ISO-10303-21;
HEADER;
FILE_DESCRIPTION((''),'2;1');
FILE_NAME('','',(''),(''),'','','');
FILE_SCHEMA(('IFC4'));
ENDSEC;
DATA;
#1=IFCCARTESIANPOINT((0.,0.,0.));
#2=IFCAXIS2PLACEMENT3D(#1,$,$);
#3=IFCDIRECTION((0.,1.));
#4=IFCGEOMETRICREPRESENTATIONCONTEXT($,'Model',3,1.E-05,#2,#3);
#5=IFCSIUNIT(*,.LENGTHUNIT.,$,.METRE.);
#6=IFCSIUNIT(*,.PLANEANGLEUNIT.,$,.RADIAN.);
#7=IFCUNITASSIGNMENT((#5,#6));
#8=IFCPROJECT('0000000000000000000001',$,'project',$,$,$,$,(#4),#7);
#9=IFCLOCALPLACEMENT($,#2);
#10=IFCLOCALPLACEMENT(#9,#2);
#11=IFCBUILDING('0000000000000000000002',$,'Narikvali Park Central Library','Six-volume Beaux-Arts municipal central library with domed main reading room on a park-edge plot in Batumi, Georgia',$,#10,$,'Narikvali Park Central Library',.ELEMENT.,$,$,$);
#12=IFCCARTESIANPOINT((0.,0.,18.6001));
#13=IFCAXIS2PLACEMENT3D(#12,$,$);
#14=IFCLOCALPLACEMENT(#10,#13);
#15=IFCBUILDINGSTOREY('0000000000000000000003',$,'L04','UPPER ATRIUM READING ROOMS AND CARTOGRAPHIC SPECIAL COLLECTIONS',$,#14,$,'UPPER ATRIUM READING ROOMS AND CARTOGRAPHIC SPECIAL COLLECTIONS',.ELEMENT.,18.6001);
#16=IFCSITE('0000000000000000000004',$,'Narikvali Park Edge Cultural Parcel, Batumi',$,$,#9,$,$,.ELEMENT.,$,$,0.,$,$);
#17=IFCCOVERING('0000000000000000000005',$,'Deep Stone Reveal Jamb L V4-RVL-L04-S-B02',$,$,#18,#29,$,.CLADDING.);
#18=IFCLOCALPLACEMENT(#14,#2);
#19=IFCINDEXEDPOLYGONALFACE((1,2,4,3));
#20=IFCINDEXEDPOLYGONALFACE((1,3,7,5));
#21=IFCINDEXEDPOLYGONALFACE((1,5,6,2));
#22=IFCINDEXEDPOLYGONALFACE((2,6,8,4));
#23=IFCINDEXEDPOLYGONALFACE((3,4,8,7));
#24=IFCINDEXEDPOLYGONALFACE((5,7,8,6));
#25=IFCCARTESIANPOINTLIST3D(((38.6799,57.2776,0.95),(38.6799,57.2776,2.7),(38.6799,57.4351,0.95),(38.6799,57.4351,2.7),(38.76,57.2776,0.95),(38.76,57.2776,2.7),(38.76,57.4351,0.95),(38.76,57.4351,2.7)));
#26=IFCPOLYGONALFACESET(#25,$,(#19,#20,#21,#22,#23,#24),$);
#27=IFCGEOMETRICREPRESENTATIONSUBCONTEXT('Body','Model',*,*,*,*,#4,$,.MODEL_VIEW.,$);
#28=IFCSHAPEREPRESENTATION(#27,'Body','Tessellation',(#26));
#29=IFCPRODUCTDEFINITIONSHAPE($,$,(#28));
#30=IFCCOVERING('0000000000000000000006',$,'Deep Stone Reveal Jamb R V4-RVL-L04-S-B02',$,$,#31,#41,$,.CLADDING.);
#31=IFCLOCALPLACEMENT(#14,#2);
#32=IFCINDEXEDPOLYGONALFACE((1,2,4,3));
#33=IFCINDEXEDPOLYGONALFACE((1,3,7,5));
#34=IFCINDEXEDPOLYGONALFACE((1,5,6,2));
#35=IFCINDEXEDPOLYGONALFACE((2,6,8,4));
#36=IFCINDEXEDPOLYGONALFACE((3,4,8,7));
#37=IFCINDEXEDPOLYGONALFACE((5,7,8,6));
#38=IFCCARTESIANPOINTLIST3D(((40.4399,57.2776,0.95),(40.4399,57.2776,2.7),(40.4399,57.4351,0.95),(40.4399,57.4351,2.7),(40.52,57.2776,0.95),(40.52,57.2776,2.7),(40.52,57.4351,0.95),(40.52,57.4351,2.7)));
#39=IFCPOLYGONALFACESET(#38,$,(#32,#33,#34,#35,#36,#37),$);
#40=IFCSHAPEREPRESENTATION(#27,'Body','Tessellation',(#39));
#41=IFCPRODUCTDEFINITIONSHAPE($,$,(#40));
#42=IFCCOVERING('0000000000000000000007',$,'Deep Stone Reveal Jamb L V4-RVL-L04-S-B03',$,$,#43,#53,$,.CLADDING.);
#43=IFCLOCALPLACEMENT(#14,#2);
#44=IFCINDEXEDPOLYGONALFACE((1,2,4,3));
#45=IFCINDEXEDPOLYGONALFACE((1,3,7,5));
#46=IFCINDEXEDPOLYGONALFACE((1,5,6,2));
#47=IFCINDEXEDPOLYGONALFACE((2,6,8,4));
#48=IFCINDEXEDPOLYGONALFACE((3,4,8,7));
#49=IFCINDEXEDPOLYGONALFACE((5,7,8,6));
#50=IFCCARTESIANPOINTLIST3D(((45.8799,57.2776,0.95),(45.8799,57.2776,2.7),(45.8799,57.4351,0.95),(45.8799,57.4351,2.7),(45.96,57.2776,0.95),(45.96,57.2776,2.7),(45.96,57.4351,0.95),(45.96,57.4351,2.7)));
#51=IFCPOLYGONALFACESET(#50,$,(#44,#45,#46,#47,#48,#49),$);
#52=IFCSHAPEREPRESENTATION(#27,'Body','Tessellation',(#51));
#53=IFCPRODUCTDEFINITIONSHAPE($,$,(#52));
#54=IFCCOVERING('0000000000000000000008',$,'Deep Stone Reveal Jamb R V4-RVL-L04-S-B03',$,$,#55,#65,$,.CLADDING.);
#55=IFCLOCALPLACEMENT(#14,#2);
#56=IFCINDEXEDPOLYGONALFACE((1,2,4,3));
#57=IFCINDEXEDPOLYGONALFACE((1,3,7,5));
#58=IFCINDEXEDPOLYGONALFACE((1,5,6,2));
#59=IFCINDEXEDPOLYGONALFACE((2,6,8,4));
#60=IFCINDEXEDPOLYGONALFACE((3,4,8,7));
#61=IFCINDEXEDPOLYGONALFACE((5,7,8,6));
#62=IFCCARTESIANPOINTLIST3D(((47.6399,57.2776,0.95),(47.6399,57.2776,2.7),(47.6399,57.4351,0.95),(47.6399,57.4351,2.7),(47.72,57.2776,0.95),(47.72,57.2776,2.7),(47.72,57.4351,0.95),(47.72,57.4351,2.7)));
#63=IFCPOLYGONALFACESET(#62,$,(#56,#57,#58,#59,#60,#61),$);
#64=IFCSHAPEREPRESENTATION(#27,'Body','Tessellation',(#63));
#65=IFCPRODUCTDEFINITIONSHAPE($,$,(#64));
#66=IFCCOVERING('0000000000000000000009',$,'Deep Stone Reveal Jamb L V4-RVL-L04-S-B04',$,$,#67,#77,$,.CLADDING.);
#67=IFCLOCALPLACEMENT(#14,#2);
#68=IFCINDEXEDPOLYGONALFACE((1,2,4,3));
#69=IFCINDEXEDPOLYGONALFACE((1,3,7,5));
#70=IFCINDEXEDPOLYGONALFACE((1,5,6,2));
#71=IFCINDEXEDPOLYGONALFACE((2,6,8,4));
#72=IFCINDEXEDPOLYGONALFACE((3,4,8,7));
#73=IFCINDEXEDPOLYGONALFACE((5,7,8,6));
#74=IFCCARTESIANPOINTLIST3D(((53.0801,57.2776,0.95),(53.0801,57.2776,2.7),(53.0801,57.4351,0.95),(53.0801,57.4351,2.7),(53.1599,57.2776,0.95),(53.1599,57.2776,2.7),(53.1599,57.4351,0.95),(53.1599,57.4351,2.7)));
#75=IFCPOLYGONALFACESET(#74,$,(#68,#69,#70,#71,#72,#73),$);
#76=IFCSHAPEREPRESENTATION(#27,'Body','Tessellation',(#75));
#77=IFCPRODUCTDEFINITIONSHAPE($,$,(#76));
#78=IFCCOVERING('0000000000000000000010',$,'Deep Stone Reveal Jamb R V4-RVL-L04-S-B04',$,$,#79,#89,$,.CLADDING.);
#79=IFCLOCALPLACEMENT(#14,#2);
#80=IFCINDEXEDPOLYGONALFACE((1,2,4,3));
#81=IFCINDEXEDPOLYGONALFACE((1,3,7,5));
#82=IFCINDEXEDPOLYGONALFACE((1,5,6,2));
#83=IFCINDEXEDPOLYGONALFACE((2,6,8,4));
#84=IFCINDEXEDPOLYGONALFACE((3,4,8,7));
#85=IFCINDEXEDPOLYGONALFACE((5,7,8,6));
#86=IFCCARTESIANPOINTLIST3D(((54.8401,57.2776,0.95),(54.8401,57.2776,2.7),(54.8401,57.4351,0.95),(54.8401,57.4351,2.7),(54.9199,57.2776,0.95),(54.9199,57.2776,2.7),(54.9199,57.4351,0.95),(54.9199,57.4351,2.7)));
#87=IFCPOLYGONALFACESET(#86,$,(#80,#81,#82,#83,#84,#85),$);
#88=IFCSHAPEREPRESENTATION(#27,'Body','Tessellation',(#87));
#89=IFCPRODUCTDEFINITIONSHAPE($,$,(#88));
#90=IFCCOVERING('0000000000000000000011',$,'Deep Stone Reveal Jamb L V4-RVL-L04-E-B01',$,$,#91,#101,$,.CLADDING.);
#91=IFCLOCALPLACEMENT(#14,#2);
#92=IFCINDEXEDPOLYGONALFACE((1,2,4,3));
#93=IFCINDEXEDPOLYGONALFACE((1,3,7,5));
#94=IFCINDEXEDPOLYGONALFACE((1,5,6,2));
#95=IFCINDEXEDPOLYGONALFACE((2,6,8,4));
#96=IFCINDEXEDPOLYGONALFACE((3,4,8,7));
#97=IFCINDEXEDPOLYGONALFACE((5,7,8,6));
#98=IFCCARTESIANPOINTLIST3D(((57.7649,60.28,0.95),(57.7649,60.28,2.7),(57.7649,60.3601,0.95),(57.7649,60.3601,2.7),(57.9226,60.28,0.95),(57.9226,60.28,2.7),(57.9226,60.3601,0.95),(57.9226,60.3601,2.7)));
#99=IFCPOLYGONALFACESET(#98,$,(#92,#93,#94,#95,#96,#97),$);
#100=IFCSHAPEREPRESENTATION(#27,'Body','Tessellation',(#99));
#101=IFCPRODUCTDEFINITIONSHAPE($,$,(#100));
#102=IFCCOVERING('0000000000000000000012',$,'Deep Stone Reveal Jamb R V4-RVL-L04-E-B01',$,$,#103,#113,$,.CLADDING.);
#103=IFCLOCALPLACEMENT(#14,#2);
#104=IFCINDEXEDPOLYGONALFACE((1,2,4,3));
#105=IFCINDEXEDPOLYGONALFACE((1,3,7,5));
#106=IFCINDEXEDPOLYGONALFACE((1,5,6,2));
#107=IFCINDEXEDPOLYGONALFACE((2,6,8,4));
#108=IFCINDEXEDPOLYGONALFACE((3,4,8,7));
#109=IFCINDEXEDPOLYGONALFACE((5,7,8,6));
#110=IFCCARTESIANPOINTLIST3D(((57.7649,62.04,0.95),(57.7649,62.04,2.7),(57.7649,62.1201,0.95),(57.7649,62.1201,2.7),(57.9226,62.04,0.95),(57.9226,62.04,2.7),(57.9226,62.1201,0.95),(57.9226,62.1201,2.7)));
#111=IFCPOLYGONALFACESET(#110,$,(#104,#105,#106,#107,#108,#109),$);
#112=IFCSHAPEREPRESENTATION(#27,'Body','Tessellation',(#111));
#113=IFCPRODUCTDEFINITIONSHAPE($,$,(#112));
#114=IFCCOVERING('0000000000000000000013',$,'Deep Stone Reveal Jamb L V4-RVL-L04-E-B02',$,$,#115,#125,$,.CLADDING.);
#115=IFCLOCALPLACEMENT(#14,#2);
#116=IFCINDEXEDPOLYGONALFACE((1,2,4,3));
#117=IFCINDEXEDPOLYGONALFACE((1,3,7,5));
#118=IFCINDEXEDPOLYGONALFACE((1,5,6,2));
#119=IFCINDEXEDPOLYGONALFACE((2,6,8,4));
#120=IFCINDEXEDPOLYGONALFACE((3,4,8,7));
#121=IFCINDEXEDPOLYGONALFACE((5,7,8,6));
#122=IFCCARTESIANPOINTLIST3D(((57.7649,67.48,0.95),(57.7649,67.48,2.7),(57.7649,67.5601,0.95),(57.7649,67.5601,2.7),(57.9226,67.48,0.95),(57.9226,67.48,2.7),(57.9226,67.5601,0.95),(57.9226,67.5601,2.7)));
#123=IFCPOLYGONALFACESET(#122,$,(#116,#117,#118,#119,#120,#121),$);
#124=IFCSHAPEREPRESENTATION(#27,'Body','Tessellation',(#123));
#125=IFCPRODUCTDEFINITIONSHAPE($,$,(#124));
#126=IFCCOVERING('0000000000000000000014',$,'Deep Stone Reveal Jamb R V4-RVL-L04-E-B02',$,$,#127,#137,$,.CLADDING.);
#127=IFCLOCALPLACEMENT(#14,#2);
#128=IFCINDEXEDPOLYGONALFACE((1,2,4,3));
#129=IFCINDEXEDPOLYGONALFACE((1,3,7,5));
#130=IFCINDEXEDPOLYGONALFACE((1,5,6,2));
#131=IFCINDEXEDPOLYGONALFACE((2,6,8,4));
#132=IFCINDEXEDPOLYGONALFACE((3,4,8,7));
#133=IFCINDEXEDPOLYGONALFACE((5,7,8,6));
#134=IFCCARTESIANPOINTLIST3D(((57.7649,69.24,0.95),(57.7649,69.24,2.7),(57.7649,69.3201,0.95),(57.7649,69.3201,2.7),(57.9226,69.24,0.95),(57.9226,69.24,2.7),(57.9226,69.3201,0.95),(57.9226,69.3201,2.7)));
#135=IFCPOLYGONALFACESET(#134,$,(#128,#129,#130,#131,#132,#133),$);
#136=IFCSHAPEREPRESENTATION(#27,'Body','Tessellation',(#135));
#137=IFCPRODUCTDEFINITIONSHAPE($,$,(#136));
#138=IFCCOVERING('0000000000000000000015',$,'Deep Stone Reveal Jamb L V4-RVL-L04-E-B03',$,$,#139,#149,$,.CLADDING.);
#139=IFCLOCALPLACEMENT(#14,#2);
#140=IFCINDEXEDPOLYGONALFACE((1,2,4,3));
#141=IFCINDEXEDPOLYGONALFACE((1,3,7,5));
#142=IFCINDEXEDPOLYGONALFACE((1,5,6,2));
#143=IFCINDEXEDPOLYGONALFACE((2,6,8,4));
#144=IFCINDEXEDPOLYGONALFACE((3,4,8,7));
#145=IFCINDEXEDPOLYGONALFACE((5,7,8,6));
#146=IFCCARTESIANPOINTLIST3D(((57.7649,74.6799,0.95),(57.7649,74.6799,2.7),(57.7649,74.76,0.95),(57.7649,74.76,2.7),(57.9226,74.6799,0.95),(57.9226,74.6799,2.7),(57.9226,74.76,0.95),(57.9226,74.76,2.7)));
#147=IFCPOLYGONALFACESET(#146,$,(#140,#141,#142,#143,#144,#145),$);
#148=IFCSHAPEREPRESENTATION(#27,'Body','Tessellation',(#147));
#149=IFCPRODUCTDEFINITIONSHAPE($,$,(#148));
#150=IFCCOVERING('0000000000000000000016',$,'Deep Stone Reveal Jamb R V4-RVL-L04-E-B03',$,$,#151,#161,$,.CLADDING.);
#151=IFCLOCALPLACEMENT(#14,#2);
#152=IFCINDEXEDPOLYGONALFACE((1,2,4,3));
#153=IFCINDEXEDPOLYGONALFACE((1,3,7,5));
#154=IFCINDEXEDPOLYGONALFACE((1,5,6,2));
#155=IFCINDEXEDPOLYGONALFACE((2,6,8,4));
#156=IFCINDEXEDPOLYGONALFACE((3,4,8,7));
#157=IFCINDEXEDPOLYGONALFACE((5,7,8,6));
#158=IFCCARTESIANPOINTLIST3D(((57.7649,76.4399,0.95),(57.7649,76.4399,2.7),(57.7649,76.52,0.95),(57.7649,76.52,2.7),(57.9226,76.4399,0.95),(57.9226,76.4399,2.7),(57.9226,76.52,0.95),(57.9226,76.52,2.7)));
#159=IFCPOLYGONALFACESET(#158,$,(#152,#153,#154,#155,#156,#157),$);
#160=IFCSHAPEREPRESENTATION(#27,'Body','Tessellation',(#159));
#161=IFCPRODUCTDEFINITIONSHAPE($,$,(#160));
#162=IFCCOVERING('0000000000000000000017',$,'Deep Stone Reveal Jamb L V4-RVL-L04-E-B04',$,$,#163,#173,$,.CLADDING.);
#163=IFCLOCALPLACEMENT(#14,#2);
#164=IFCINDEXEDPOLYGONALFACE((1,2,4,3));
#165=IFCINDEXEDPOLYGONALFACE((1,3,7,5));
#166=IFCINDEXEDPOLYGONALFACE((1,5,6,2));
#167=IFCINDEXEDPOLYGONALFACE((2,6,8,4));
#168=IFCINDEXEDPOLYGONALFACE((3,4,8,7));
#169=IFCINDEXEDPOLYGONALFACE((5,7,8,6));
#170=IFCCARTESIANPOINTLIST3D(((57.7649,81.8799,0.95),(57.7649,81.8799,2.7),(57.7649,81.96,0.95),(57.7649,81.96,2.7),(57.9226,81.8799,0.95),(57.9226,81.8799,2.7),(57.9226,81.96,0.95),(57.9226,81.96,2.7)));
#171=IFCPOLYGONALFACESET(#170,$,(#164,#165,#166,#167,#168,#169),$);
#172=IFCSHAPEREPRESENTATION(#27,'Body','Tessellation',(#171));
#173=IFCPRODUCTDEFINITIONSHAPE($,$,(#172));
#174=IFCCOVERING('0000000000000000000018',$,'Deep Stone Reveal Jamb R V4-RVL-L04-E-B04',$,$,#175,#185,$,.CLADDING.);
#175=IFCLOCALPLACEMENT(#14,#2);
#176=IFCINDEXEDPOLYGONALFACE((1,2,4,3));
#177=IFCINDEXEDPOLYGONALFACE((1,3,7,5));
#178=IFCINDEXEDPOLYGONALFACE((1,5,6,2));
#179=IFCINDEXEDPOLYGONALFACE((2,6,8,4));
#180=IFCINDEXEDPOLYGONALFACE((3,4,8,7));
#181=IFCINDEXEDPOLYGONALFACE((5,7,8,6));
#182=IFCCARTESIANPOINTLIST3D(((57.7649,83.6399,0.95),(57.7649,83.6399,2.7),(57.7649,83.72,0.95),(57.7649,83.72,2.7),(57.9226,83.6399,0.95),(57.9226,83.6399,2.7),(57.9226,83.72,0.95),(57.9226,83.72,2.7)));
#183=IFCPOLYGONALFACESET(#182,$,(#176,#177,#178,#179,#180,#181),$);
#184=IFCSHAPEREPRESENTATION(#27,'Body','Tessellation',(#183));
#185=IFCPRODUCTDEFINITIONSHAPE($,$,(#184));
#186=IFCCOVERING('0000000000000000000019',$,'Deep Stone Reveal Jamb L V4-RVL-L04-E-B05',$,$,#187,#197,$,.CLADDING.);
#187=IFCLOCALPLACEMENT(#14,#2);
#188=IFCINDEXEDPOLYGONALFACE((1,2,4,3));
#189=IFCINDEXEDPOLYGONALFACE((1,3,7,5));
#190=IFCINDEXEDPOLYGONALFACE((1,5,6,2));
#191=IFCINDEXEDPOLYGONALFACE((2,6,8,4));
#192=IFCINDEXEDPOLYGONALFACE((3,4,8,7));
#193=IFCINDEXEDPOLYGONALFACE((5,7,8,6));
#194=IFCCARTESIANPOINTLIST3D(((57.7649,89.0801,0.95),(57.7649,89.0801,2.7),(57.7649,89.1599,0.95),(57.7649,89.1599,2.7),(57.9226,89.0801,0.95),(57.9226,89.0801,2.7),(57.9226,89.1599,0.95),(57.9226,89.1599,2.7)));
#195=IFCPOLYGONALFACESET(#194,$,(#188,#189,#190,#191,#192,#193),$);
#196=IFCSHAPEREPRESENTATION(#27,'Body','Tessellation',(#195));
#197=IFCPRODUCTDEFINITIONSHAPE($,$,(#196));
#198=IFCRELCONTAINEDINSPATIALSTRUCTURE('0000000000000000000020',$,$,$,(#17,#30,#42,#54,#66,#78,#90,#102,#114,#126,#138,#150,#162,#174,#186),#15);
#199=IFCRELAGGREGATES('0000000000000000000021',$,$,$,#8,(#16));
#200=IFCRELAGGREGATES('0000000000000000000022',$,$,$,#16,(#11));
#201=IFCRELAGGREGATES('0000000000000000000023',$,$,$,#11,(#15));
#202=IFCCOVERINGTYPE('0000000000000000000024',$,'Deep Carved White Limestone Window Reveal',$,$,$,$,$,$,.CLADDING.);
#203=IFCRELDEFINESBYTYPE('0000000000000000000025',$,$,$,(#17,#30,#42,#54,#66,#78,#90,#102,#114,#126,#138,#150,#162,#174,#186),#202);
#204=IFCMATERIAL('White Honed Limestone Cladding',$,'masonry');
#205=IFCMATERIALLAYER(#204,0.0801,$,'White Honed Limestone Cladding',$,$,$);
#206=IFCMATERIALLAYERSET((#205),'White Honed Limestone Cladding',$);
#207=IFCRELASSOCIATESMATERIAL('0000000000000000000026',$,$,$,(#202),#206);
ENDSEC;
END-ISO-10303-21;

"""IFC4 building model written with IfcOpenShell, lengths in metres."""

from ifc_helpers import new_model, si_unit, direction, frame, origin, place, context, subcontext, project, spatial, polyline, outline, extrude, material, layer, layer_set, type_object, element, save


model = new_model("IFC4")

# Units and contexts
model_context = context("Model", 3, precision=1e-05, world=origin(), true_north=direction((0.0, 1.0)))
body_context = subcontext(model_context, "Body", "Model", "MODEL_VIEW")
ifc_project = project(units=[si_unit("LENGTHUNIT", "METRE"), si_unit("PLANEANGLEUNIT", "RADIAN")], contexts=[model_context])

# Site, building, storey
site_placement = place(None, origin())
site = spatial("IfcSite", under=ifc_project, at=site_placement, Name="Narikvali Park Edge Cultural Parcel, Batumi", CompositionType="ELEMENT", RefElevation=0.0)
building_placement = place(site_placement, origin())
building = spatial("IfcBuilding", under=site, at=building_placement, Name="Narikvali Park Central Library", Description="Six-volume Beaux-Arts municipal central library with domed main reading room on a park-edge plot in Batumi, Georgia", LongName="Narikvali Park Central Library", CompositionType="ELEMENT")
storey_placement = place(building_placement, frame((0.0, 0.0, 18.6001)))
storey = spatial("IfcBuildingStorey", under=building, at=storey_placement, Name="L04", Description="UPPER ATRIUM READING ROOMS AND CARTOGRAPHIC SPECIAL COLLECTIONS", LongName="UPPER ATRIUM READING ROOMS AND CARTOGRAPHIC SPECIAL COLLECTIONS", CompositionType="ELEMENT", Elevation=18.6001)

# Coverings
ifc_material = material(Name="White Honed Limestone Cladding", Category="masonry")
ifc_layer = layer(ifc_material, 0.0801, Name="White Honed Limestone Cladding")
ifc_layer_set = layer_set([ifc_layer], Name="White Honed Limestone Cladding")
covering_type = type_object("IfcCoveringType", Name="Deep Carved White Limestone Window Reveal", PredefinedType="CLADDING", material=ifc_layer_set)
covering_1_placement = place(storey_placement, frame((0.0, 0.0, 0.95)))
element("IfcCovering", 1, at=covering_1_placement, inside=storey, type_object=covering_type, Name="Deep Stone Reveal Jamb L V4-RVL-L04-S-B02", PredefinedType="CLADDING", context=body_context, shape_type="SweptSolid", body=[
    extrude(outline(polyline([(38.6799, 57.4351), (38.76, 57.4351), (38.76, 57.2776), (38.6799, 57.2776), (38.6799, 57.4351)])), origin(), (0.0, 0.0, 1.0), 1.75),
])
covering_2_placement = place(storey_placement, frame((0.0, 0.0, 0.95)))
element("IfcCovering", 2, at=covering_2_placement, inside=storey, type_object=covering_type, Name="Deep Stone Reveal Jamb R V4-RVL-L04-S-B02", PredefinedType="CLADDING", context=body_context, shape_type="SweptSolid", body=[
    extrude(outline(polyline([(40.4399, 57.4351), (40.52, 57.4351), (40.52, 57.2776), (40.4399, 57.2776), (40.4399, 57.4351)])), origin(), (0.0, 0.0, 1.0), 1.75),
])
covering_3_placement = place(storey_placement, frame((0.0, 0.0, 0.95)))
element("IfcCovering", 3, at=covering_3_placement, inside=storey, type_object=covering_type, Name="Deep Stone Reveal Jamb L V4-RVL-L04-S-B03", PredefinedType="CLADDING", context=body_context, shape_type="SweptSolid", body=[
    extrude(outline(polyline([(45.8799, 57.4351), (45.96, 57.4351), (45.96, 57.2776), (45.8799, 57.2776), (45.8799, 57.4351)])), origin(), (0.0, 0.0, 1.0), 1.75),
])
covering_4_placement = place(storey_placement, frame((0.0, 0.0, 0.95)))
element("IfcCovering", 4, at=covering_4_placement, inside=storey, type_object=covering_type, Name="Deep Stone Reveal Jamb R V4-RVL-L04-S-B03", PredefinedType="CLADDING", context=body_context, shape_type="SweptSolid", body=[
    extrude(outline(polyline([(47.6399, 57.4351), (47.72, 57.4351), (47.72, 57.2776), (47.6399, 57.2776), (47.6399, 57.4351)])), origin(), (0.0, 0.0, 1.0), 1.75),
])
covering_5_placement = place(storey_placement, frame((0.0, 0.0, 0.95)))
element("IfcCovering", 5, at=covering_5_placement, inside=storey, type_object=covering_type, Name="Deep Stone Reveal Jamb L V4-RVL-L04-S-B04", PredefinedType="CLADDING", context=body_context, shape_type="SweptSolid", body=[
    extrude(outline(polyline([(53.0801, 57.4351), (53.1599, 57.4351), (53.1599, 57.2776), (53.0801, 57.2776), (53.0801, 57.4351)])), origin(), (0.0, 0.0, 1.0), 1.75),
])
covering_6_placement = place(storey_placement, frame((0.0, 0.0, 0.95)))
element("IfcCovering", 6, at=covering_6_placement, inside=storey, type_object=covering_type, Name="Deep Stone Reveal Jamb R V4-RVL-L04-S-B04", PredefinedType="CLADDING", context=body_context, shape_type="SweptSolid", body=[
    extrude(outline(polyline([(54.8401, 57.4351), (54.9199, 57.4351), (54.9199, 57.2776), (54.8401, 57.2776), (54.8401, 57.4351)])), origin(), (0.0, 0.0, 1.0), 1.75),
])
covering_7_placement = place(storey_placement, frame((0.0, 0.0, 0.95)))
element("IfcCovering", 7, at=covering_7_placement, inside=storey, type_object=covering_type, Name="Deep Stone Reveal Jamb L V4-RVL-L04-E-B01", PredefinedType="CLADDING", context=body_context, shape_type="SweptSolid", body=[
    extrude(outline(polyline([(57.7649, 60.28), (57.7649, 60.3601), (57.9226, 60.3601), (57.9226, 60.28), (57.7649, 60.28)])), origin(), (0.0, 0.0, 1.0), 1.75),
])
covering_8_placement = place(storey_placement, frame((0.0, 0.0, 0.95)))
element("IfcCovering", 8, at=covering_8_placement, inside=storey, type_object=covering_type, Name="Deep Stone Reveal Jamb R V4-RVL-L04-E-B01", PredefinedType="CLADDING", context=body_context, shape_type="SweptSolid", body=[
    extrude(outline(polyline([(57.7649, 62.04), (57.7649, 62.1201), (57.9226, 62.1201), (57.9226, 62.04), (57.7649, 62.04)])), origin(), (0.0, 0.0, 1.0), 1.75),
])
covering_9_placement = place(storey_placement, frame((0.0, 0.0, 0.95)))
element("IfcCovering", 9, at=covering_9_placement, inside=storey, type_object=covering_type, Name="Deep Stone Reveal Jamb L V4-RVL-L04-E-B02", PredefinedType="CLADDING", context=body_context, shape_type="SweptSolid", body=[
    extrude(outline(polyline([(57.7649, 67.48), (57.7649, 67.5601), (57.9226, 67.5601), (57.9226, 67.48), (57.7649, 67.48)])), origin(), (0.0, 0.0, 1.0), 1.75),
])
covering_10_placement = place(storey_placement, frame((0.0, 0.0, 0.95)))
element("IfcCovering", 10, at=covering_10_placement, inside=storey, type_object=covering_type, Name="Deep Stone Reveal Jamb R V4-RVL-L04-E-B02", PredefinedType="CLADDING", context=body_context, shape_type="SweptSolid", body=[
    extrude(outline(polyline([(57.7649, 69.24), (57.7649, 69.3201), (57.9226, 69.3201), (57.9226, 69.24), (57.7649, 69.24)])), origin(), (0.0, 0.0, 1.0), 1.75),
])
covering_11_placement = place(storey_placement, frame((0.0, 0.0, 0.95)))
element("IfcCovering", 11, at=covering_11_placement, inside=storey, type_object=covering_type, Name="Deep Stone Reveal Jamb L V4-RVL-L04-E-B03", PredefinedType="CLADDING", context=body_context, shape_type="SweptSolid", body=[
    extrude(outline(polyline([(57.7649, 74.6799), (57.7649, 74.76), (57.9226, 74.76), (57.9226, 74.6799), (57.7649, 74.6799)])), origin(), (0.0, 0.0, 1.0), 1.75),
])
covering_12_placement = place(storey_placement, frame((0.0, 0.0, 0.95)))
element("IfcCovering", 12, at=covering_12_placement, inside=storey, type_object=covering_type, Name="Deep Stone Reveal Jamb R V4-RVL-L04-E-B03", PredefinedType="CLADDING", context=body_context, shape_type="SweptSolid", body=[
    extrude(outline(polyline([(57.7649, 76.4399), (57.7649, 76.52), (57.9226, 76.52), (57.9226, 76.4399), (57.7649, 76.4399)])), origin(), (0.0, 0.0, 1.0), 1.75),
])
covering_13_placement = place(storey_placement, frame((0.0, 0.0, 0.95)))
element("IfcCovering", 13, at=covering_13_placement, inside=storey, type_object=covering_type, Name="Deep Stone Reveal Jamb L V4-RVL-L04-E-B04", PredefinedType="CLADDING", context=body_context, shape_type="SweptSolid", body=[
    extrude(outline(polyline([(57.7649, 81.8799), (57.7649, 81.96), (57.9226, 81.96), (57.9226, 81.8799), (57.7649, 81.8799)])), origin(), (0.0, 0.0, 1.0), 1.75),
])
covering_14_placement = place(storey_placement, frame((0.0, 0.0, 0.95)))
element("IfcCovering", 14, at=covering_14_placement, inside=storey, type_object=covering_type, Name="Deep Stone Reveal Jamb R V4-RVL-L04-E-B04", PredefinedType="CLADDING", context=body_context, shape_type="SweptSolid", body=[
    extrude(outline(polyline([(57.7649, 83.6399), (57.7649, 83.72), (57.9226, 83.72), (57.9226, 83.6399), (57.7649, 83.6399)])), origin(), (0.0, 0.0, 1.0), 1.75),
])
covering_15_placement = place(storey_placement, frame((0.0, 0.0, 0.95)))
element("IfcCovering", 15, at=covering_15_placement, inside=storey, type_object=covering_type, Name="Deep Stone Reveal Jamb L V4-RVL-L04-E-B05", PredefinedType="CLADDING", context=body_context, shape_type="SweptSolid", body=[
    extrude(outline(polyline([(57.7649, 89.0801), (57.7649, 89.1599), (57.9226, 89.1599), (57.9226, 89.0801), (57.7649, 89.0801)])), origin(), (0.0, 0.0, 1.0), 1.75),
])

save(model, "model.ifc")
